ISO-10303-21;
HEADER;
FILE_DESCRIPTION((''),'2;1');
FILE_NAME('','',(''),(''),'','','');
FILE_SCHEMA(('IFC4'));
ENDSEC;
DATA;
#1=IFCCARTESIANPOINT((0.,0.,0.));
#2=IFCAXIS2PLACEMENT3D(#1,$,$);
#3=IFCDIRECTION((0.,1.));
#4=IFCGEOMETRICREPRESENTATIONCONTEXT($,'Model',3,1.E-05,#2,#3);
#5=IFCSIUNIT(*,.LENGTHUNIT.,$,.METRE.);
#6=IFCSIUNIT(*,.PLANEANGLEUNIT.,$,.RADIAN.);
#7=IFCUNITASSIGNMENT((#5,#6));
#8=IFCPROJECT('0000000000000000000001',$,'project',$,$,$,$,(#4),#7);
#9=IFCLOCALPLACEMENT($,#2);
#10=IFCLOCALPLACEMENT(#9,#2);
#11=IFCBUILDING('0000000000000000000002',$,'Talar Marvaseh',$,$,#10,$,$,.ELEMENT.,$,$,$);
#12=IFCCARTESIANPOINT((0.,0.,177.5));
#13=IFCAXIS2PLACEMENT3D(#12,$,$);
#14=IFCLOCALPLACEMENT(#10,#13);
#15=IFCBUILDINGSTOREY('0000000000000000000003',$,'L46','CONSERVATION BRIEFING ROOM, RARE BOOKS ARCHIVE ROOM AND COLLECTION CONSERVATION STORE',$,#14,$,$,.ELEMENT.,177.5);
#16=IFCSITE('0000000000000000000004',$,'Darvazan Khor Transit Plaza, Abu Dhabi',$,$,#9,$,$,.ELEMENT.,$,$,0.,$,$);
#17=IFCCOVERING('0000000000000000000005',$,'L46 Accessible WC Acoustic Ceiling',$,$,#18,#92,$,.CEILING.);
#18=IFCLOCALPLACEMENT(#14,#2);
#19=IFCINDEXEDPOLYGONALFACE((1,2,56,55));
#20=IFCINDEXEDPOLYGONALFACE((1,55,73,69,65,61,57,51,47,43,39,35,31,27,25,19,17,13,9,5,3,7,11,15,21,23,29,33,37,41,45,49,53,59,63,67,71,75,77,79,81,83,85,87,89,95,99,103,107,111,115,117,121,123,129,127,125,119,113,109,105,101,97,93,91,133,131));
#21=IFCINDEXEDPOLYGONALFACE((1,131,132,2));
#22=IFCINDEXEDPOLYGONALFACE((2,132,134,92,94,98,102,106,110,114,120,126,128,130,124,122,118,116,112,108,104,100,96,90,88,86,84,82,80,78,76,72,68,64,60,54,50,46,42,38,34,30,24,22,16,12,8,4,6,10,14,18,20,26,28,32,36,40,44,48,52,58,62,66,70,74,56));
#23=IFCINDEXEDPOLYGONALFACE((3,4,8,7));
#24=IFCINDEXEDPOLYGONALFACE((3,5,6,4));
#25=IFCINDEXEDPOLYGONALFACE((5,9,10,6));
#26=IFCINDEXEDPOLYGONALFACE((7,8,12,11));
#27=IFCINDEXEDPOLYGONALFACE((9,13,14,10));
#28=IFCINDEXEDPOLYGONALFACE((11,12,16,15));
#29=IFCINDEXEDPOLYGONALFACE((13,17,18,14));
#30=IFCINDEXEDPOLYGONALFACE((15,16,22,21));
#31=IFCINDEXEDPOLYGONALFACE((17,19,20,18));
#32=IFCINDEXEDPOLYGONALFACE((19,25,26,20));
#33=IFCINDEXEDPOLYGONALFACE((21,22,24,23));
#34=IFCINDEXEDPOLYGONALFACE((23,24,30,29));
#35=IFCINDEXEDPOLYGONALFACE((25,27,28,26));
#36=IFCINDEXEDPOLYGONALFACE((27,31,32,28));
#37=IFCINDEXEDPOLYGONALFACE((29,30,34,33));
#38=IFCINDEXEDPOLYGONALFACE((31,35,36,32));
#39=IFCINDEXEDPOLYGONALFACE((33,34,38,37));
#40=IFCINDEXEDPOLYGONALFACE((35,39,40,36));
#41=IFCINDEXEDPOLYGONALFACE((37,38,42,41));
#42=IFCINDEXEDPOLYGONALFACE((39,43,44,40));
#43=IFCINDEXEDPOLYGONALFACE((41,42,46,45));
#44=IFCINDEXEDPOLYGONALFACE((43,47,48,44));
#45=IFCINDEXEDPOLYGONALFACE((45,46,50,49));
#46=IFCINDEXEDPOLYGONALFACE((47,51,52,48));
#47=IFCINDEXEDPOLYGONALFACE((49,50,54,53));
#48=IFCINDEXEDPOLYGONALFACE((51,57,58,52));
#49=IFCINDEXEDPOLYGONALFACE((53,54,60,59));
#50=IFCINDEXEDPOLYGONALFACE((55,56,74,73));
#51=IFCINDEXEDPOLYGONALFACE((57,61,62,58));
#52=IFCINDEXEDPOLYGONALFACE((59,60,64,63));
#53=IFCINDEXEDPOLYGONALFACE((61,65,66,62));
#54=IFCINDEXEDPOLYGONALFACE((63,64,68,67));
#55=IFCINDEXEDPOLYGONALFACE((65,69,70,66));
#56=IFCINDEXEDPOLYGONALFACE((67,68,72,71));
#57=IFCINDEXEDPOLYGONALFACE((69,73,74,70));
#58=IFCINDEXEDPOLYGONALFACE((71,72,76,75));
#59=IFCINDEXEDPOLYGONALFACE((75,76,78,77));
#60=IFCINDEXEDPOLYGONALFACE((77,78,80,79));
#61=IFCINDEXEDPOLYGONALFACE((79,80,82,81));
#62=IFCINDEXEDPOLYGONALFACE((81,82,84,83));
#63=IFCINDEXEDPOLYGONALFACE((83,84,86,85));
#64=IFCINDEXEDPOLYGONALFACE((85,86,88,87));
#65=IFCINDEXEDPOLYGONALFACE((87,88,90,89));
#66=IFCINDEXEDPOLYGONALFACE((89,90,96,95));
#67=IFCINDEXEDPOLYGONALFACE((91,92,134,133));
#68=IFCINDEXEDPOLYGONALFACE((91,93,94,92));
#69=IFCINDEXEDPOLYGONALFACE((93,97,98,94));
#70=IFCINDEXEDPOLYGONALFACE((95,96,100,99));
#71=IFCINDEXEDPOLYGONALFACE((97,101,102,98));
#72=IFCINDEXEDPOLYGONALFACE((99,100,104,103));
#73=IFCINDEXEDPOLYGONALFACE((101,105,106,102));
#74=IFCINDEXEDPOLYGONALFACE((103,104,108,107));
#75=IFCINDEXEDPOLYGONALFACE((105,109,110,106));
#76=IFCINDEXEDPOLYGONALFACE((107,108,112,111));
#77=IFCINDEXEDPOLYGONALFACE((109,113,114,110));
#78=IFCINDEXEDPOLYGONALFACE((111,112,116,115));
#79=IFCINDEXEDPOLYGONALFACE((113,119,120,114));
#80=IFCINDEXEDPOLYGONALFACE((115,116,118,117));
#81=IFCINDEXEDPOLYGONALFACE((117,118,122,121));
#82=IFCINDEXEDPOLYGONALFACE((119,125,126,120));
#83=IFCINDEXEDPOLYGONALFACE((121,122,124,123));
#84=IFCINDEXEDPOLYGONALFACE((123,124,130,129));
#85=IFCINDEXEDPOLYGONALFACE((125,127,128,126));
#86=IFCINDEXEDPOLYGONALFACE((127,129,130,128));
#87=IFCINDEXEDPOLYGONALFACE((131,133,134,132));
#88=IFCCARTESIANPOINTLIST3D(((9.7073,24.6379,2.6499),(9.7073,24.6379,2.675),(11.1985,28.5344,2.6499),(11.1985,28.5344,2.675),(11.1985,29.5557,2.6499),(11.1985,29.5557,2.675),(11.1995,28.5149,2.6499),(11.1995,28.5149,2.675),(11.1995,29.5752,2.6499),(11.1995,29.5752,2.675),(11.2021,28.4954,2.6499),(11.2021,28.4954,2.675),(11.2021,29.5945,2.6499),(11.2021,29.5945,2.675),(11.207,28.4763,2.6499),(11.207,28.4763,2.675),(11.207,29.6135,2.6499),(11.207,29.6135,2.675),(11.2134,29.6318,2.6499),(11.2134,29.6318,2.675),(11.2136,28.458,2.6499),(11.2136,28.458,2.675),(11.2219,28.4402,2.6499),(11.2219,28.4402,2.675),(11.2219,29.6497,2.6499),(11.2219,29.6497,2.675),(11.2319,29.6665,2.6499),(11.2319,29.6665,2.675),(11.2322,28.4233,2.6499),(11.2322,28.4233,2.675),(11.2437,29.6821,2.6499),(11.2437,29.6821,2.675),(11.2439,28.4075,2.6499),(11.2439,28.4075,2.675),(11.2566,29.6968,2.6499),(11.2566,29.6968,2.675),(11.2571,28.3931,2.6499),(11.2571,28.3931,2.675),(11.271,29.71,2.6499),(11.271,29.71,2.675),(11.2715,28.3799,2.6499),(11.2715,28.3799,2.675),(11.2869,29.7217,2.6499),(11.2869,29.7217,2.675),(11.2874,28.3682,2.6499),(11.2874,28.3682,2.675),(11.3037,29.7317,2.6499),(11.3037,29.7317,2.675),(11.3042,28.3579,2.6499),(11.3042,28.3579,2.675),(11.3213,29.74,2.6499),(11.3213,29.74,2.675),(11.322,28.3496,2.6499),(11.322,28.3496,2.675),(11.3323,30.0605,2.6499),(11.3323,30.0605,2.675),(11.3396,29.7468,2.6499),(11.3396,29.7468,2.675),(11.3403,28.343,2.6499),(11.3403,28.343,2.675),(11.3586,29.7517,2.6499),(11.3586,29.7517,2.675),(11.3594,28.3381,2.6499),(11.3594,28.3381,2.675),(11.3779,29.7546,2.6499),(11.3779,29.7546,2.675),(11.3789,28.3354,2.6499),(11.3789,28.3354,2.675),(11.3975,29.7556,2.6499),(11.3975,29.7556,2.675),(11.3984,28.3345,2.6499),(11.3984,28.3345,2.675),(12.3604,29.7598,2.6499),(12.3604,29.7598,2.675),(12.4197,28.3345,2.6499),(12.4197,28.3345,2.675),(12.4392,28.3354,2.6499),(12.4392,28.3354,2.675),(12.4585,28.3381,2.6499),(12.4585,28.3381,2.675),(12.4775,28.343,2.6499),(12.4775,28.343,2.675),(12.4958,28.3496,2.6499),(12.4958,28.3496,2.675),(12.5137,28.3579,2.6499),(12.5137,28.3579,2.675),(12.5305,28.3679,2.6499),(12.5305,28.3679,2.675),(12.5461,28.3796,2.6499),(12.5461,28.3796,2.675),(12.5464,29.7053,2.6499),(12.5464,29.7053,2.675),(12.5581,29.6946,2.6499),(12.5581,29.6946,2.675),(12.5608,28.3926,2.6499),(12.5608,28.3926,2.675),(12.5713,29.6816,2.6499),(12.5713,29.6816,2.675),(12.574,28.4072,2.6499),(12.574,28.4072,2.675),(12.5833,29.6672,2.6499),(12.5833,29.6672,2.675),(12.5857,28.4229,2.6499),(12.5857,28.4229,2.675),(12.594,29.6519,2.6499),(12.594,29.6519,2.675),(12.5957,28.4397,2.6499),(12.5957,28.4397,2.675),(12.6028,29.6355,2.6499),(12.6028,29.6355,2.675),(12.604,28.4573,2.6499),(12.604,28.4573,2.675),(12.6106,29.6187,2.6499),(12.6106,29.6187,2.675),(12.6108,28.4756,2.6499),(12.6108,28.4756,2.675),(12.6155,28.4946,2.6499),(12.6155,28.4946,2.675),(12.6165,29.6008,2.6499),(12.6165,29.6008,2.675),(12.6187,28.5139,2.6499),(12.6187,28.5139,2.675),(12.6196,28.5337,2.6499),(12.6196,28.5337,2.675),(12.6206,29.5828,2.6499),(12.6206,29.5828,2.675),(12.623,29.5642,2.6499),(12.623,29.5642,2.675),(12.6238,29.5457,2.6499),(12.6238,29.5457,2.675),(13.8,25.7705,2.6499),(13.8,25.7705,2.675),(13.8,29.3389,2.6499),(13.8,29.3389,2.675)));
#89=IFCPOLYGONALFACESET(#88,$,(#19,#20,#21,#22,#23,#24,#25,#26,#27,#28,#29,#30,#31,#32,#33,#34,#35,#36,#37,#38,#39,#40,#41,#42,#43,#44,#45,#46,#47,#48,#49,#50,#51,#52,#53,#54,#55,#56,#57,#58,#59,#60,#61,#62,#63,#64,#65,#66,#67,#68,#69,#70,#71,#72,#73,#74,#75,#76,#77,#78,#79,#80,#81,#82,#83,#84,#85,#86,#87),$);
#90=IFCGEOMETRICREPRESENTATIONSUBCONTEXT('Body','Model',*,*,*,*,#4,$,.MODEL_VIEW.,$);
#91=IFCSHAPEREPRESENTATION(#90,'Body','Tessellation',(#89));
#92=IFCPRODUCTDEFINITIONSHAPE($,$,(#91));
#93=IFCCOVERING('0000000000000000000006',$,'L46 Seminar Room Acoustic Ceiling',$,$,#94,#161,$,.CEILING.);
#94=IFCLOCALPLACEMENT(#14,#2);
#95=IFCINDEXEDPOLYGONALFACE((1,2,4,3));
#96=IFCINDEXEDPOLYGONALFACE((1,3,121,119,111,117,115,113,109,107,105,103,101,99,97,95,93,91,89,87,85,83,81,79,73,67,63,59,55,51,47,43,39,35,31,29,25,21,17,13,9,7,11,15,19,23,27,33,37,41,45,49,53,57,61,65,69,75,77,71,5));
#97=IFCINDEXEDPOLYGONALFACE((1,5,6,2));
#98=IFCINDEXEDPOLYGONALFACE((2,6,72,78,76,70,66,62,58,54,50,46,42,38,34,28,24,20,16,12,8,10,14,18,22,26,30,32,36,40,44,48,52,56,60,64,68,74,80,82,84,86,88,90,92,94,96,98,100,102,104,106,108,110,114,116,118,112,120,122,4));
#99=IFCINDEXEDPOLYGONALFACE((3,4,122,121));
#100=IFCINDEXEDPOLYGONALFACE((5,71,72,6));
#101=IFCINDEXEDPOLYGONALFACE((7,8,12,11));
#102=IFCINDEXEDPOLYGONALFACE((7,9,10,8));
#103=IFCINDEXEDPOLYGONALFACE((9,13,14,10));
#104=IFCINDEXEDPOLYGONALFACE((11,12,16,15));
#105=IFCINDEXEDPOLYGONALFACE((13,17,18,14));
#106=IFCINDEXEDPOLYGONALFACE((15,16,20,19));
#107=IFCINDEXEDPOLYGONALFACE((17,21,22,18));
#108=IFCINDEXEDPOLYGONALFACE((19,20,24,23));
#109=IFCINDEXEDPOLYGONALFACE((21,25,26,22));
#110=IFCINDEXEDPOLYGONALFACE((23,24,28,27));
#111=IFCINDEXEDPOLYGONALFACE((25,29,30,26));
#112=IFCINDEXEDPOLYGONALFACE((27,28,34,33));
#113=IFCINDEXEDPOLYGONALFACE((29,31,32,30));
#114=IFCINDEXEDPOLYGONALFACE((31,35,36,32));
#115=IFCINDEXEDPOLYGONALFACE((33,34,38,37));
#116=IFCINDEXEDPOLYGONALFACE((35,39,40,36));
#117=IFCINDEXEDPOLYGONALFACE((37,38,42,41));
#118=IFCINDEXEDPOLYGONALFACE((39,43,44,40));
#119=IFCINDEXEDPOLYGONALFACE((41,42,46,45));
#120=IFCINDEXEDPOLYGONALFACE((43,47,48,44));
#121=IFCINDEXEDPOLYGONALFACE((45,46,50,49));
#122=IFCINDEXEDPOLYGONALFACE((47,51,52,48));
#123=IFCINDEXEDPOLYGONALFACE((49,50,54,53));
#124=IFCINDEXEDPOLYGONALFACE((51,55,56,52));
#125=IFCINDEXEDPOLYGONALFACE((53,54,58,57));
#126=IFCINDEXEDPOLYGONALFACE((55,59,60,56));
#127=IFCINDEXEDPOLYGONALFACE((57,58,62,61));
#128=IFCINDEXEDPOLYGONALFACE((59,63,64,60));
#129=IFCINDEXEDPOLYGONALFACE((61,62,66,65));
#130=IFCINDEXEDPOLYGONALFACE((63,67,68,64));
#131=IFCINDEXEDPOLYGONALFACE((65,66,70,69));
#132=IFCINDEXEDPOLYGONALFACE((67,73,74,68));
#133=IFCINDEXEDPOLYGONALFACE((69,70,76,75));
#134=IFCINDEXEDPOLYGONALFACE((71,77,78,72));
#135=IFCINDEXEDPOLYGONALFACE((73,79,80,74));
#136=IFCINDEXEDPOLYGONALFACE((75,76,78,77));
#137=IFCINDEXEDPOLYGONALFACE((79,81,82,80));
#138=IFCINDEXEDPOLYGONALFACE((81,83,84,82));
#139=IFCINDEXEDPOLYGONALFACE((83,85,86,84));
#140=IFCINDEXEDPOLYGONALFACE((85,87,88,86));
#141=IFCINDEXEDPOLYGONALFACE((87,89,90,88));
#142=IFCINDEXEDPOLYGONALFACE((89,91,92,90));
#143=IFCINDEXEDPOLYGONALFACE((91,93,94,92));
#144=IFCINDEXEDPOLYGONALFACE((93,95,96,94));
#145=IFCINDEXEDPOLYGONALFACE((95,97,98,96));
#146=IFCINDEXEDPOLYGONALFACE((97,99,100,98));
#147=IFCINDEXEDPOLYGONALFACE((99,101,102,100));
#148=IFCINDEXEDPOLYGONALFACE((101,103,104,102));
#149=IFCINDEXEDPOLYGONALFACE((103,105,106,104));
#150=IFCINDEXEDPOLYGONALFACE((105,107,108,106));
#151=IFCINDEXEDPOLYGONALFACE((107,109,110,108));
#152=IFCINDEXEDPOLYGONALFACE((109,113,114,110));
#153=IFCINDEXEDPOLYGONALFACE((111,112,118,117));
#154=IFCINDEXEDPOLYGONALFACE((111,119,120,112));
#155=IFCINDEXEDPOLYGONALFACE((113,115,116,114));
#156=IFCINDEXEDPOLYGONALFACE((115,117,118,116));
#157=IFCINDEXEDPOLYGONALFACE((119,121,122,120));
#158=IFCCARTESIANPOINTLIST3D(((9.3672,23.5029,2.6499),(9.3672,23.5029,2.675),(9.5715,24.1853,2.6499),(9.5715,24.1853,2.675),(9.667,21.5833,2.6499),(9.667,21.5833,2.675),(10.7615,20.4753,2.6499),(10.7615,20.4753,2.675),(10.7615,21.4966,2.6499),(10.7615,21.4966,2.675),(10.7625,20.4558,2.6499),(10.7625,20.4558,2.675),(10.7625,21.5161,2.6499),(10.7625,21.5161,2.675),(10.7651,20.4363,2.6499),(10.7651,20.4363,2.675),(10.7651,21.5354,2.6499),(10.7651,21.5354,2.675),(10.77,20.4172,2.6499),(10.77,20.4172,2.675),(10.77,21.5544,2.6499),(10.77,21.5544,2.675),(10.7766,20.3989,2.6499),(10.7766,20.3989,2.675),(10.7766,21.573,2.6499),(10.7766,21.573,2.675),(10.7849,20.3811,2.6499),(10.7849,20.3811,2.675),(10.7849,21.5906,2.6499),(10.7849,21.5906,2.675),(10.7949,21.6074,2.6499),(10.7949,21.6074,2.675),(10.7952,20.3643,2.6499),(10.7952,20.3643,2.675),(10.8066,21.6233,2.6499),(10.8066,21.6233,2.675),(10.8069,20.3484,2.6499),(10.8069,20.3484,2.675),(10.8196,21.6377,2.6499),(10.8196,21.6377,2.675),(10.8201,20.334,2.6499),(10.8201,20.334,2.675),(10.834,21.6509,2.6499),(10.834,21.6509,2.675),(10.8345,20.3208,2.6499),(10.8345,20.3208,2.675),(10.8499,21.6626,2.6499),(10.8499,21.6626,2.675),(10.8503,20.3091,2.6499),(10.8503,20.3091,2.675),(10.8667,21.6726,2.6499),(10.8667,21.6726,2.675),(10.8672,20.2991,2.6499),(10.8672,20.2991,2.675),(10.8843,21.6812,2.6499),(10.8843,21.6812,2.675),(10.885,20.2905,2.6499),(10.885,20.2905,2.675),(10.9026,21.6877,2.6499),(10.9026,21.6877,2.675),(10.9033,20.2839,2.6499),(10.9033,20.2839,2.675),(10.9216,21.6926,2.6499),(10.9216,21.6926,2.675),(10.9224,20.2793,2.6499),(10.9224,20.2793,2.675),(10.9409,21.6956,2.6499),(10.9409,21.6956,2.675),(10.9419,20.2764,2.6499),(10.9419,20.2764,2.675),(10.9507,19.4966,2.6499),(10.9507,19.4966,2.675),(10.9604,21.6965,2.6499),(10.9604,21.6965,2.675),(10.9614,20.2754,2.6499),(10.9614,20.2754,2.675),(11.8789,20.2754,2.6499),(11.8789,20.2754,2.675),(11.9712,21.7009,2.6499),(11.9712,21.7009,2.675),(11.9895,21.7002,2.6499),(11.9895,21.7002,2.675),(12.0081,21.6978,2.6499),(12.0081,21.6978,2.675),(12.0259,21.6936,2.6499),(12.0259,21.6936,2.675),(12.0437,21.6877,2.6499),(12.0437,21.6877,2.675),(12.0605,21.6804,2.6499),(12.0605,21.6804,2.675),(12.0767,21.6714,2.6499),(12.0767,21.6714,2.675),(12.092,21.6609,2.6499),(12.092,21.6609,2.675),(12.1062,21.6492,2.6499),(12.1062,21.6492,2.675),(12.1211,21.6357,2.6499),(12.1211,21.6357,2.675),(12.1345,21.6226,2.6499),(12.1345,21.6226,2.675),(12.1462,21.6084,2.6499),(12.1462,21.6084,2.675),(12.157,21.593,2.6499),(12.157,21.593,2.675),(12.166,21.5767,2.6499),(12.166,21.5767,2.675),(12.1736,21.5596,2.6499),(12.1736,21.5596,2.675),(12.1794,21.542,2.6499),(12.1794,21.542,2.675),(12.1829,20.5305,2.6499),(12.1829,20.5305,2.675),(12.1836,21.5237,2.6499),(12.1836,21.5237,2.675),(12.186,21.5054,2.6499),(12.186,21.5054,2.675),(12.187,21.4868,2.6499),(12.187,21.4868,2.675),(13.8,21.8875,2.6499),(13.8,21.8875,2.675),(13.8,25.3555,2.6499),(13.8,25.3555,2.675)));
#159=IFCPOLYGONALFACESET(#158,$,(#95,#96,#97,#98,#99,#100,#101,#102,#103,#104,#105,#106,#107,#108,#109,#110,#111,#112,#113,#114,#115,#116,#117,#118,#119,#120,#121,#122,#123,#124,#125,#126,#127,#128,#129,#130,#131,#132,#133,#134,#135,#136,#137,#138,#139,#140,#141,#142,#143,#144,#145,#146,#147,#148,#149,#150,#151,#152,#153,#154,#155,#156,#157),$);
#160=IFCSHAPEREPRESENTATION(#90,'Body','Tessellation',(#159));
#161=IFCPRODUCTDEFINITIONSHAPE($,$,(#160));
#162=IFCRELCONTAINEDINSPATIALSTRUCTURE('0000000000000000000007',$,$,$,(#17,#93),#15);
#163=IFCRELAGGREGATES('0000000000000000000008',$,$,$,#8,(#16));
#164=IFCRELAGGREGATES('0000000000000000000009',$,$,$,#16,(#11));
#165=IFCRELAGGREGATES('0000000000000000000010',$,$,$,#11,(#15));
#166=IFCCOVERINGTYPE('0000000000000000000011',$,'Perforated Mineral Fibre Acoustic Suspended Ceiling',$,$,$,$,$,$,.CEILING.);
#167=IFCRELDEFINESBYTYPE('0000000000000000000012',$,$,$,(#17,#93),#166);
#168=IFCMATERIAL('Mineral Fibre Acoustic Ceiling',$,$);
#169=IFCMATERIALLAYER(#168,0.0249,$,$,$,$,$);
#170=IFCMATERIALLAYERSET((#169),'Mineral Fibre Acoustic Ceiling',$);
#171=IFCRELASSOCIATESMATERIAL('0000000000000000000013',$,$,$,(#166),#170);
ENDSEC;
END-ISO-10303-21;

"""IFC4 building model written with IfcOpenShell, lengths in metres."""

from ifc_helpers import new_model, si_unit, direction, frame, origin, place, context, subcontext, project, spatial, polyline, outline, extrude, material, layer, layer_set, type_object, element, save


model = new_model("IFC4")

# Units and contexts
model_context = context("Model", 3, precision=1e-05, world=origin(), true_north=direction((0.0, 1.0)))
body_context = subcontext(model_context, "Body", "Model", "MODEL_VIEW")
ifc_project = project(units=[si_unit("LENGTHUNIT", "METRE"), si_unit("PLANEANGLEUNIT", "RADIAN")], contexts=[model_context])

# Site, building, storey
site_placement = place(None, origin())
site = spatial("IfcSite", under=ifc_project, at=site_placement, Name="Darvazan Khor Transit Plaza, Abu Dhabi", CompositionType="ELEMENT", RefElevation=0.0)
building_placement = place(site_placement, origin())
building = spatial("IfcBuilding", under=site, at=building_placement, Name="Talar Marvaseh", CompositionType="ELEMENT")
storey_placement = place(building_placement, frame((0.0, 0.0, 177.5)))
storey = spatial("IfcBuildingStorey", under=building, at=storey_placement, Name="L46", Description="CONSERVATION BRIEFING ROOM, RARE BOOKS ARCHIVE ROOM AND COLLECTION CONSERVATION STORE", CompositionType="ELEMENT", Elevation=177.5)

# Coverings
ifc_material_1 = material(Name="Mineral Fibre Acoustic Ceiling")
ifc_layer_1 = layer(ifc_material_1, 0.0249)
ifc_layer_set_1 = layer_set([ifc_layer_1], Name="Mineral Fibre Acoustic Ceiling")
covering_type_1 = type_object("IfcCoveringType", Name="Perforated Mineral Fibre Acoustic Suspended Ceiling", PredefinedType="CEILING", material=ifc_layer_set_1)
covering_1_placement = place(storey_placement, frame((0.0, 0.0, 2.6499)))
element("IfcCovering", 1, at=covering_1_placement, inside=storey, type_object=covering_type_1, Name="L46 Accessible WC Acoustic Ceiling", PredefinedType="CEILING", context=body_context, shape_type="SweptSolid", body=[
    extrude(outline(polyline([(11.3779, 29.7546), (11.3586, 29.7517), (11.3396, 29.7468), (11.3213, 29.74), (11.3037, 29.7317), (11.2869, 29.7217), (11.271, 29.71), (11.2566, 29.6968), (11.2437, 29.6821), (11.2319, 29.6665), (11.2219, 29.6497), (11.2134, 29.6318), (11.207, 29.6135), (11.2021, 29.5945), (11.1995, 29.5752), (11.1985, 29.5557), (11.1985, 28.5344), (11.1995, 28.5149), (11.2021, 28.4954), (11.207, 28.4763), (11.2136, 28.458), (11.2219, 28.4402), (11.2322, 28.4233), (11.2439, 28.4075), (11.2571, 28.3931), (11.2715, 28.3799), (11.2874, 28.3682), (11.3042, 28.3579), (11.322, 28.3496), (11.3403, 28.343), (11.3594, 28.3381), (11.3789, 28.3354), (11.3984, 28.3345), (12.4197, 28.3345), (12.4392, 28.3354), (12.4585, 28.3381), (12.4775, 28.343), (12.4958, 28.3496), (12.5137, 28.3579), (12.5305, 28.3679), (12.5461, 28.3796), (12.5608, 28.3926), (12.574, 28.4072), (12.5857, 28.4229), (12.5957, 28.4397), (12.604, 28.4573), (12.6108, 28.4756), (12.6155, 28.4946), (12.6187, 28.5139), (12.6196, 28.5337), (12.6238, 29.5457), (12.623, 29.5642), (12.6206, 29.5828), (12.6165, 29.6008), (12.6106, 29.6187), (12.6028, 29.6355), (12.594, 29.6519), (12.5833, 29.6672), (12.5713, 29.6816), (12.5581, 29.6946), (12.5464, 29.7053), (13.8, 29.3389), (13.8, 25.7705), (9.7073, 24.6379), (11.3323, 30.0605), (12.3604, 29.7598), (11.3975, 29.7556), (11.3779, 29.7546)])), origin(), (0.0, 0.0, 1.0), 0.0251),
])
covering_2_placement = place(storey_placement, frame((0.0, 0.0, 2.6499)))
element("IfcCovering", 2, at=covering_2_placement, inside=storey, type_object=covering_type_1, Name="L46 Seminar Room Acoustic Ceiling", PredefinedType="CEILING", context=body_context, shape_type="SweptSolid", body=[
    extrude(outline(polyline([(13.8, 25.3555), (13.8, 21.8875), (12.1829, 20.5305), (12.187, 21.4868), (12.186, 21.5054), (12.1836, 21.5237), (12.1794, 21.542), (12.1736, 21.5596), (12.166, 21.5767), (12.157, 21.593), (12.1462, 21.6084), (12.1345, 21.6226), (12.1211, 21.6357), (12.1062, 21.6492), (12.092, 21.6609), (12.0767, 21.6714), (12.0605, 21.6804), (12.0437, 21.6877), (12.0259, 21.6936), (12.0081, 21.6978), (11.9895, 21.7002), (11.9712, 21.7009), (10.9604, 21.6965), (10.9409, 21.6956), (10.9216, 21.6926), (10.9026, 21.6877), (10.8843, 21.6812), (10.8667, 21.6726), (10.8499, 21.6626), (10.834, 21.6509), (10.8196, 21.6377), (10.8066, 21.6233), (10.7949, 21.6074), (10.7849, 21.5906), (10.7766, 21.573), (10.77, 21.5544), (10.7651, 21.5354), (10.7625, 21.5161), (10.7615, 21.4966), (10.7615, 20.4753), (10.7625, 20.4558), (10.7651, 20.4363), (10.77, 20.4172), (10.7766, 20.3989), (10.7849, 20.3811), (10.7952, 20.3643), (10.8069, 20.3484), (10.8201, 20.334), (10.8345, 20.3208), (10.8503, 20.3091), (10.8672, 20.2991), (10.885, 20.2905), (10.9033, 20.2839), (10.9224, 20.2793), (10.9419, 20.2764), (10.9614, 20.2754), (11.8789, 20.2754), (10.9507, 19.4966), (9.667, 21.5833), (9.3672, 23.5029), (9.5715, 24.1853), (13.8, 25.3555)])), origin(), (0.0, 0.0, 1.0), 0.0251),
])

save(model, "model.ifc")
